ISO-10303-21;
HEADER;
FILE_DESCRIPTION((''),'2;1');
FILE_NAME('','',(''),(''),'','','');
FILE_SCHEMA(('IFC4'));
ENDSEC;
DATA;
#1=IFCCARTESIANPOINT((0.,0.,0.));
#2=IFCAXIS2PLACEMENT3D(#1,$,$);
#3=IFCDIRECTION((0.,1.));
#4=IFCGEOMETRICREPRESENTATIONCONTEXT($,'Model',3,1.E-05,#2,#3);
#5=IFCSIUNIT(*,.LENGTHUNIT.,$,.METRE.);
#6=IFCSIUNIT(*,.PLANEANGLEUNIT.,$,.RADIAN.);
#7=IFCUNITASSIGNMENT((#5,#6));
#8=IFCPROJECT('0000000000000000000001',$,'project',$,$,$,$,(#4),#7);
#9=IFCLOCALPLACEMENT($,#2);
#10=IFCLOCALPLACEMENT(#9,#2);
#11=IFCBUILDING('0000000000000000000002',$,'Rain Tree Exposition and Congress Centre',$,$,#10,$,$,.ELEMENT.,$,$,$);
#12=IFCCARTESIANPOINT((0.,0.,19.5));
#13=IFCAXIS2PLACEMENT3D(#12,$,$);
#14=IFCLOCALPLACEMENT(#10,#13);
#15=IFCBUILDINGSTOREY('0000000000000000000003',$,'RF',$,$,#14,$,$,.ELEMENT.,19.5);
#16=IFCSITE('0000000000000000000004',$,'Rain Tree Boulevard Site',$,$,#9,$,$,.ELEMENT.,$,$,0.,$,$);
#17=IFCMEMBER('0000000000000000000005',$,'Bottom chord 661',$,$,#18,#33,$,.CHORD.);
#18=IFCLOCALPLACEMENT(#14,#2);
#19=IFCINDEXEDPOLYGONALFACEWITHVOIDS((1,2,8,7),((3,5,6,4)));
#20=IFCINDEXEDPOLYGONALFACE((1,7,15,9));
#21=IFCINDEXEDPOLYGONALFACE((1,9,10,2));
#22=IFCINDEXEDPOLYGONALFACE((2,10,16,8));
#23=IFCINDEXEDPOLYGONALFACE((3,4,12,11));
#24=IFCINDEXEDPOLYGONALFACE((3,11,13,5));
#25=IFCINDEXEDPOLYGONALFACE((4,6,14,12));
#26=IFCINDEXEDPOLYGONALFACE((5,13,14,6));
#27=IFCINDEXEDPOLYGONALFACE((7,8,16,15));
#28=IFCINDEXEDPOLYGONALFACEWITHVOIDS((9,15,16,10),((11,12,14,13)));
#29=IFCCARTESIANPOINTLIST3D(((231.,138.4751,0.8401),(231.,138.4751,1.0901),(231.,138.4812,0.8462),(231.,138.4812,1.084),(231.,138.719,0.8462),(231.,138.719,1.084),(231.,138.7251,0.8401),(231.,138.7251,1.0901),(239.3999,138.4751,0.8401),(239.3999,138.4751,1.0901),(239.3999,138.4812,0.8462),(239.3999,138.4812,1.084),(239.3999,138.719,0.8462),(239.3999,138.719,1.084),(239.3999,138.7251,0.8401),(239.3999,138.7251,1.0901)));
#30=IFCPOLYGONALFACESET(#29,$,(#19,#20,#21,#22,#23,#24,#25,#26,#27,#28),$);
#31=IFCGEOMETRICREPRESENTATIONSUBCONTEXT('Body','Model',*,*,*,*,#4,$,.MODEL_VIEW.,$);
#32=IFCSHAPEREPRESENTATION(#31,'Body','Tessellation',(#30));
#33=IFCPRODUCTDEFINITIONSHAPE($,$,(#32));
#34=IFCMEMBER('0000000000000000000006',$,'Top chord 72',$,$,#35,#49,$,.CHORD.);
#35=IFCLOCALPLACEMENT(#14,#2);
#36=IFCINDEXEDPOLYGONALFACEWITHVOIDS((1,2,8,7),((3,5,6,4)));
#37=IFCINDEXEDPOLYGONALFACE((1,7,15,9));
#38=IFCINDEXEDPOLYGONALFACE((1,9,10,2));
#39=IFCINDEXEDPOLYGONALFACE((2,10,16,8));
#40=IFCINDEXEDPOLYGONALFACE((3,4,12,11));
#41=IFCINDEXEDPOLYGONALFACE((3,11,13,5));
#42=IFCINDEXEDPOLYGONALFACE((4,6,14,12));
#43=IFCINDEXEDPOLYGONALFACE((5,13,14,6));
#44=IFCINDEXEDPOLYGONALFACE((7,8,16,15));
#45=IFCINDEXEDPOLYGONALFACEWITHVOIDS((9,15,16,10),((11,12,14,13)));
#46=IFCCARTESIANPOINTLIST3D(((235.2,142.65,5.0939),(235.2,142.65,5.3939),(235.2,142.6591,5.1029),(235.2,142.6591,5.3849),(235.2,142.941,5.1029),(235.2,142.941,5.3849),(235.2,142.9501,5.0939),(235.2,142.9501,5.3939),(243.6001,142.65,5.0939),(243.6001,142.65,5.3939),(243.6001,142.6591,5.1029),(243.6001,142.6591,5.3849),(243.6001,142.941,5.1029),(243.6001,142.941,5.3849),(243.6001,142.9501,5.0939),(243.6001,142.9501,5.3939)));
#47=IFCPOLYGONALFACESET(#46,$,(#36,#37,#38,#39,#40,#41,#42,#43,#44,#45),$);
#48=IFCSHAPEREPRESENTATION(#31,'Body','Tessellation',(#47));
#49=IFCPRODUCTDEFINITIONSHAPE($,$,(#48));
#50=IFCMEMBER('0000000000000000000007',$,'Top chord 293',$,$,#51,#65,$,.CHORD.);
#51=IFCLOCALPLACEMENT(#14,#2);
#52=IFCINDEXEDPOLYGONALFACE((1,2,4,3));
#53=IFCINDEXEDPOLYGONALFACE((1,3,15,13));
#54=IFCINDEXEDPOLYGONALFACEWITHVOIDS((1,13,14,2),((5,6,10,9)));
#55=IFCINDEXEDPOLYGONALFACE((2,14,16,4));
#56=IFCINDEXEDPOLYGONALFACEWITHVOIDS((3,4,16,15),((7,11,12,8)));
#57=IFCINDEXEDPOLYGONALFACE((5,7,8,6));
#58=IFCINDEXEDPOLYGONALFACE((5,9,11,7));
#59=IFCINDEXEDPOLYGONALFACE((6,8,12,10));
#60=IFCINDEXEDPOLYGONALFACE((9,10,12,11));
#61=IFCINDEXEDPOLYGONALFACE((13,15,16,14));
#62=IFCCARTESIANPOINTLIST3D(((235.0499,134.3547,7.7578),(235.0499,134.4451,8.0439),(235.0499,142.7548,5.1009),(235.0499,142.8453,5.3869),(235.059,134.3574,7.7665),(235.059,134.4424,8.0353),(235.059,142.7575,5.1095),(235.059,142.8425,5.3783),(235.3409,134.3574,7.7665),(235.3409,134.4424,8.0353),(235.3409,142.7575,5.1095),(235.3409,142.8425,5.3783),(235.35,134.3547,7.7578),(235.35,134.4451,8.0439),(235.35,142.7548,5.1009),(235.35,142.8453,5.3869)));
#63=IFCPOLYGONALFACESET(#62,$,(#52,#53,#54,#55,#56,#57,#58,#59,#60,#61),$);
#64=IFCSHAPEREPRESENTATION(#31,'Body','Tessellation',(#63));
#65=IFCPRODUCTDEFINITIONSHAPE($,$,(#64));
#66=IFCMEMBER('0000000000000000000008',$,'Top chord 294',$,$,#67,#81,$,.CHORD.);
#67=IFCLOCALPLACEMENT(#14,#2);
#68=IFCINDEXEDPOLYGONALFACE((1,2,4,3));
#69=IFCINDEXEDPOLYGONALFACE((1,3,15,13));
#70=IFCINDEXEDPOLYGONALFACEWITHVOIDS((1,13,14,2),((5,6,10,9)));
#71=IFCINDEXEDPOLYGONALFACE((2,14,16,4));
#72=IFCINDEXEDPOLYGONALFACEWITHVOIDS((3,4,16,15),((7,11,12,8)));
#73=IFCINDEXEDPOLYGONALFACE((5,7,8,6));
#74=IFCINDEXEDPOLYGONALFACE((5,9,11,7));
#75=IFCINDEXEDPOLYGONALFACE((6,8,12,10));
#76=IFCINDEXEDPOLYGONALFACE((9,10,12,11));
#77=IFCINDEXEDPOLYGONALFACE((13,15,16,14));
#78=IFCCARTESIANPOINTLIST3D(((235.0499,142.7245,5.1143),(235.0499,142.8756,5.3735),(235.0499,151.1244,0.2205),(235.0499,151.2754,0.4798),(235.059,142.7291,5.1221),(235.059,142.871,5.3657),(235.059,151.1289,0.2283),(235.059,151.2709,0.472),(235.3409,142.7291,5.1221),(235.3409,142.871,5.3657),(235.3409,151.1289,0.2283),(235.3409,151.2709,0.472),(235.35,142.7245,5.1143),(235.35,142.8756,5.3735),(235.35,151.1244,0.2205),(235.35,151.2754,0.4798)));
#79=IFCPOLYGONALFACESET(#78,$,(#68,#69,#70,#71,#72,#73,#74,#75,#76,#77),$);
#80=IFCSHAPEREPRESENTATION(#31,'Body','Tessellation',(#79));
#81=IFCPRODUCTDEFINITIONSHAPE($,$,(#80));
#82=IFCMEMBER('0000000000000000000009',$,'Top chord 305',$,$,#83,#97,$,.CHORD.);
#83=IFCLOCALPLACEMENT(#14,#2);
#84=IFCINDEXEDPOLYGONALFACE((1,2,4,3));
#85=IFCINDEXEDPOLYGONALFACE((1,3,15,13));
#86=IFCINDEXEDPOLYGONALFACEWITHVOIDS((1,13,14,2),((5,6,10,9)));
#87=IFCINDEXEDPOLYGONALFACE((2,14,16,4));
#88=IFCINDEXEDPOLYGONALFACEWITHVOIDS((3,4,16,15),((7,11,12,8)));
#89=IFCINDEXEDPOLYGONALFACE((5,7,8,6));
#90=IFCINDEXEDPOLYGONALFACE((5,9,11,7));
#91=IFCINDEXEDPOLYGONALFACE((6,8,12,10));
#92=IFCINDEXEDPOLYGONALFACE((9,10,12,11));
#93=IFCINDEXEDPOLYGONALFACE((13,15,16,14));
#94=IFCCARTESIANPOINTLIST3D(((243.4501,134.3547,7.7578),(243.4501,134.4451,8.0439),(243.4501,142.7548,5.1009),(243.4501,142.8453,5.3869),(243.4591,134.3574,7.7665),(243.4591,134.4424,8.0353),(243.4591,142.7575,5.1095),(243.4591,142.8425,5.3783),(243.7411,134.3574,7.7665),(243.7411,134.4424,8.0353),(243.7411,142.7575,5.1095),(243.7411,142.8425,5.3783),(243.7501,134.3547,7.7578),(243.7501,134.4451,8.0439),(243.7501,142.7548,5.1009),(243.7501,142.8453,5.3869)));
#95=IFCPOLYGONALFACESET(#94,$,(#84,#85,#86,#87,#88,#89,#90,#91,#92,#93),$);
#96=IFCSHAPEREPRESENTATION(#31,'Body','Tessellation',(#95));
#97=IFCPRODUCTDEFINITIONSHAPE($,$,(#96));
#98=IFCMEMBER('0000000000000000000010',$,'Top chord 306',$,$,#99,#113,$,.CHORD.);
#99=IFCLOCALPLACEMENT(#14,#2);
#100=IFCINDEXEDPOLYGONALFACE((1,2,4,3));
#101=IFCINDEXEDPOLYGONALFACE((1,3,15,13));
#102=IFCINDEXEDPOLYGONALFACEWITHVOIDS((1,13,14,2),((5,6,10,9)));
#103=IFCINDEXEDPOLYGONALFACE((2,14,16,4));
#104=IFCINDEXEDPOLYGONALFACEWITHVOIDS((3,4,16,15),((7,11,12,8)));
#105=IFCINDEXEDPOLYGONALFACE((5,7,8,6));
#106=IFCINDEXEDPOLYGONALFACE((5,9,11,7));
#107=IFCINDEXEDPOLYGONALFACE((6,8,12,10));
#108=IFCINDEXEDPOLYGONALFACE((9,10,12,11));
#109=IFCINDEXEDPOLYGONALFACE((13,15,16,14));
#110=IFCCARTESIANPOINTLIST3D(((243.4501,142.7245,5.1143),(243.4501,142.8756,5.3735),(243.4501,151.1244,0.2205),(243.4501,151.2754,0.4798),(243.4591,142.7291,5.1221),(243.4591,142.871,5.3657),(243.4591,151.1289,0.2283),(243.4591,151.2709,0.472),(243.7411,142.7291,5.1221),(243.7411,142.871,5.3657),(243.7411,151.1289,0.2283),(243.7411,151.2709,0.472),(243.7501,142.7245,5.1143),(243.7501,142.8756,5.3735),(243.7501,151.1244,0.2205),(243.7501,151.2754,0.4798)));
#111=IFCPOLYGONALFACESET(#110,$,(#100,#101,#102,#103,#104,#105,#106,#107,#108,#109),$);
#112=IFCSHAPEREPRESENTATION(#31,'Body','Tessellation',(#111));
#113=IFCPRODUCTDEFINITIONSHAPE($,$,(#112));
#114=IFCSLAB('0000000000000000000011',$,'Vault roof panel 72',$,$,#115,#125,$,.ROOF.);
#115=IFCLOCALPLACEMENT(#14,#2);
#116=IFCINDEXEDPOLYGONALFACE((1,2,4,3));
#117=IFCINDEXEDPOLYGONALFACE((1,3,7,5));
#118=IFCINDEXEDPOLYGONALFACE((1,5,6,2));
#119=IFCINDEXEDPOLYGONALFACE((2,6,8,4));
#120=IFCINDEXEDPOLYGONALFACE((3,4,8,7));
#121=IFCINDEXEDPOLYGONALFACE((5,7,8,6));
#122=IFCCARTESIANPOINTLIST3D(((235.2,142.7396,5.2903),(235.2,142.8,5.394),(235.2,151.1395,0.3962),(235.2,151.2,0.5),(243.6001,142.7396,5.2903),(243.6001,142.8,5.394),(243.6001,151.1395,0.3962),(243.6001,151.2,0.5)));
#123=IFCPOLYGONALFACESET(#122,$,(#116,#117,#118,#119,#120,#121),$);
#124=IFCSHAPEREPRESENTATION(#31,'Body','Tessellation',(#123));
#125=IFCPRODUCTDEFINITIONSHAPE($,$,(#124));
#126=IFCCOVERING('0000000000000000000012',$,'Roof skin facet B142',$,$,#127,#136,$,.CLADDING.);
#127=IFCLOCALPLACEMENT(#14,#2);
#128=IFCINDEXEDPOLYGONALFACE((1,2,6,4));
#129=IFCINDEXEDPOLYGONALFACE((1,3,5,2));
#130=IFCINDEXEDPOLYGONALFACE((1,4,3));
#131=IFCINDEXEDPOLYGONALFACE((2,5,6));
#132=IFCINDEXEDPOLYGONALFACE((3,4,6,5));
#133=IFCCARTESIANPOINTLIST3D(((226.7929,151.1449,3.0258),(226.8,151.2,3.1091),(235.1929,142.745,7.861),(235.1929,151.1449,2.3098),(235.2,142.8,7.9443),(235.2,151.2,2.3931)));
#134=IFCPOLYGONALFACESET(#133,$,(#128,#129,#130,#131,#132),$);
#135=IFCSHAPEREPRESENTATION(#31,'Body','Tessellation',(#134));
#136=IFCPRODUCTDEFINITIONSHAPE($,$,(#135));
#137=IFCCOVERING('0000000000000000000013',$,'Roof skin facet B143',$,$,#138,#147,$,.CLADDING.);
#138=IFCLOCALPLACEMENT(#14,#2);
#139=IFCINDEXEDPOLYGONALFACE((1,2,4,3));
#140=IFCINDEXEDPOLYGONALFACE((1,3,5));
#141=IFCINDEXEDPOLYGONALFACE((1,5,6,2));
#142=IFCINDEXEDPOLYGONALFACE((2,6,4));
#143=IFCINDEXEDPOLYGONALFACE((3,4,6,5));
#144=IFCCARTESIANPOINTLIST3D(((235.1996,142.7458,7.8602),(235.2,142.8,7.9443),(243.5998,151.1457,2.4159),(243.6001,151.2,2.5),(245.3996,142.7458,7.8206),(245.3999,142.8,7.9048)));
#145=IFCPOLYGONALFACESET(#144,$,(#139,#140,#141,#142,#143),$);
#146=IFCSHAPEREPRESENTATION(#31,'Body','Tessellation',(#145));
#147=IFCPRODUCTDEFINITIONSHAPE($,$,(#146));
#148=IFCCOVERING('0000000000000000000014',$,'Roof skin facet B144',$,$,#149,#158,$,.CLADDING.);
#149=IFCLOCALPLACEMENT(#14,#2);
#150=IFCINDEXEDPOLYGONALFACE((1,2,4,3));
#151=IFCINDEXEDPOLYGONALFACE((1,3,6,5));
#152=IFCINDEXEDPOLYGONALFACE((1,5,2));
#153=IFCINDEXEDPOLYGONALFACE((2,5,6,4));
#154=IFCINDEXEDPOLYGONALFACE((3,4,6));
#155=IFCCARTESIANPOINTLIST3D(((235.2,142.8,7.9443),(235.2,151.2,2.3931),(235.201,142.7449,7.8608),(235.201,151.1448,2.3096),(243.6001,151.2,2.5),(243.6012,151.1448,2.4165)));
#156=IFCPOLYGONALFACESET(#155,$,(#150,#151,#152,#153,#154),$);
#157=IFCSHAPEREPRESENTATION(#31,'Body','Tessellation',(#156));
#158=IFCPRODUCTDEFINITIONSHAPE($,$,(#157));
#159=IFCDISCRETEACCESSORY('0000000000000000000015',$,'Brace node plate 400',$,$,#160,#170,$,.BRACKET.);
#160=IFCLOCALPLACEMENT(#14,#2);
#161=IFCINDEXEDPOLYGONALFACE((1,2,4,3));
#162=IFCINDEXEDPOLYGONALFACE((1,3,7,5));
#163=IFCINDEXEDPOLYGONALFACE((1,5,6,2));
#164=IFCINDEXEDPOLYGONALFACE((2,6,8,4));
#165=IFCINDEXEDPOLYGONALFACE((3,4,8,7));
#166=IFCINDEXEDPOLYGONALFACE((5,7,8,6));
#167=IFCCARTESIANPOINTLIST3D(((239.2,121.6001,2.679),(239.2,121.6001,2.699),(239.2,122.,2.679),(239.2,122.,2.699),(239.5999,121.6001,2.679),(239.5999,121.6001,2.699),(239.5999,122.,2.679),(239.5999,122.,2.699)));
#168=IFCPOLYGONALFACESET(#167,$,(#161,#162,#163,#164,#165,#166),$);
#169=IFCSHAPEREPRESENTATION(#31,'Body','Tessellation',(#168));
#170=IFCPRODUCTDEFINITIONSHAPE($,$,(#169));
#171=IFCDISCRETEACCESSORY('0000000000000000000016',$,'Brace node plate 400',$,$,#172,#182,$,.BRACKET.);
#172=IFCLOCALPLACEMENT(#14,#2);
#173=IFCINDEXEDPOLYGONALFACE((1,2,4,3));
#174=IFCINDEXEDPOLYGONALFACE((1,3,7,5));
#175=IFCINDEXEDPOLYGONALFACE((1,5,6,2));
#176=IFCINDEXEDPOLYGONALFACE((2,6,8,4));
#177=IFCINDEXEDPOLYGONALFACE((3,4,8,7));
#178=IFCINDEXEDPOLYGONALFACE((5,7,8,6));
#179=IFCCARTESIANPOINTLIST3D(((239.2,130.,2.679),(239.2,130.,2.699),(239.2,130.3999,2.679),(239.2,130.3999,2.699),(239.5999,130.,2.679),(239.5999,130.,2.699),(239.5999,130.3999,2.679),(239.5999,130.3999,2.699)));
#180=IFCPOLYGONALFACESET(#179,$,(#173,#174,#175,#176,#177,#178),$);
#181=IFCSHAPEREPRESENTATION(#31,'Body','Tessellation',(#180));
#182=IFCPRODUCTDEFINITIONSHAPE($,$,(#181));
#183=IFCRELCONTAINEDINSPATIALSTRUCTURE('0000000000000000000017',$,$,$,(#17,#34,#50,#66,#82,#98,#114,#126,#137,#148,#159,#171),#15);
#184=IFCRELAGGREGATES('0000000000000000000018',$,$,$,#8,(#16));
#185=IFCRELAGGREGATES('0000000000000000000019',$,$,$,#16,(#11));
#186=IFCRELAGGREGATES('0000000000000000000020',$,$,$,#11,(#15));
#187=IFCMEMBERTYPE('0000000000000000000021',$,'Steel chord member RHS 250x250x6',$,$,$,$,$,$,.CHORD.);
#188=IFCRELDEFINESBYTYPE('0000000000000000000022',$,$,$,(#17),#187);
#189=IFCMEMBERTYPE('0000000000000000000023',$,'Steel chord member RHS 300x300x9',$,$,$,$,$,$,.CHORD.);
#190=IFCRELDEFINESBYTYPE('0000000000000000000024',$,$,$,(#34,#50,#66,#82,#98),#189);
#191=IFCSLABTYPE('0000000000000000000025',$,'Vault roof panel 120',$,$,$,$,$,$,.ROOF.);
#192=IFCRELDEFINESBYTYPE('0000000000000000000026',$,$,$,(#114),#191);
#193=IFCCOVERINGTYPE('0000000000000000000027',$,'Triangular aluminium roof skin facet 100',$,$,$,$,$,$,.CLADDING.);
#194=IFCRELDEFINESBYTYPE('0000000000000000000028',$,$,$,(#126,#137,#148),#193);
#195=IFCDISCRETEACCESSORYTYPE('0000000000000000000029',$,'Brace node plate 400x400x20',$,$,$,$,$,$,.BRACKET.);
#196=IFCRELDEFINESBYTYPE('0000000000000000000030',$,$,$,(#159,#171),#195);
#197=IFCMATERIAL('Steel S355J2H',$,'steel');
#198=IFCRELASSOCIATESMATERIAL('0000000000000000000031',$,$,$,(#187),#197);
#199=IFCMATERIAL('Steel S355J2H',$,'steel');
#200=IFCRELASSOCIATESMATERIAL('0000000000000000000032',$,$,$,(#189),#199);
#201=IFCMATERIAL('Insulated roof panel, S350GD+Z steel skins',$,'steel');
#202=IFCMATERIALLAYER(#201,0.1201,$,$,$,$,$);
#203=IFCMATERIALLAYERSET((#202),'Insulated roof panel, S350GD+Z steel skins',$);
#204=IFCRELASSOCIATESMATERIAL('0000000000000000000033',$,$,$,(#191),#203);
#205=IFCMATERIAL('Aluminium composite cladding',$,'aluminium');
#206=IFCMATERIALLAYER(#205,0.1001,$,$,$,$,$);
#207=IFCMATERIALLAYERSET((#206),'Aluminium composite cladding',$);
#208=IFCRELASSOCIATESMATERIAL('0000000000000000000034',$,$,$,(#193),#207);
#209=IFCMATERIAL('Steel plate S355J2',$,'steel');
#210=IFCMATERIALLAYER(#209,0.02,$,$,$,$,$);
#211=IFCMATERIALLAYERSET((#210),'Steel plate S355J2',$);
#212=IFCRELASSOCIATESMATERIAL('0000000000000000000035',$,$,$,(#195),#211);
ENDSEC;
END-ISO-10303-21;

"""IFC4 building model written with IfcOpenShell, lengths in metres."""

from ifc_helpers import new_model, si_unit, direction, frame, origin, origin_2d, place, context, subcontext, project, spatial, polyline, rectangle, hollow_rectangle, outline, extrude, material, layer, layer_set, material_profile, profile_set, type_object, element, save


model = new_model("IFC4")

# Units and contexts
model_context = context("Model", 3, precision=1e-05, world=origin(), true_north=direction((0.0, 1.0)))
body_context = subcontext(model_context, "Body", "Model", "MODEL_VIEW")
ifc_project = project(units=[si_unit("LENGTHUNIT", "METRE"), si_unit("PLANEANGLEUNIT", "RADIAN")], contexts=[model_context])

# Site, building, storey
site_placement = place(None, origin())
site = spatial("IfcSite", under=ifc_project, at=site_placement, Name="Rain Tree Boulevard Site", CompositionType="ELEMENT", RefElevation=0.0)
building_placement = place(site_placement, origin())
building = spatial("IfcBuilding", under=site, at=building_placement, Name="Rain Tree Exposition and Congress Centre", CompositionType="ELEMENT")
storey_placement = place(building_placement, frame((0.0, 0.0, 19.5)))
storey = spatial("IfcBuildingStorey", under=building, at=storey_placement, Name="RF", CompositionType="ELEMENT", Elevation=19.5)

# Members
ifc_material_1 = material(Name="Steel S355J2H", Category="steel")
ifc_material_profile_1 = material_profile(ifc_material_1, hollow_rectangle(XDim=0.25, YDim=0.25, WallThickness=0.0061, at=origin_2d()), Name="RHS 250x250x6")
ifc_profile_set_1 = profile_set([ifc_material_profile_1], Name="Steel S355J2H")
member_type_1 = type_object("IfcMemberType", Name="Steel chord member RHS 250x250x6", PredefinedType="CHORD", material=ifc_profile_set_1)
member_1_placement = place(storey_placement, frame((231.0, 138.6001, 0.9651), z_axis=(1.0, 0.0, 0.0), x_axis=(0.0, 1.0, 0.0)))
element("IfcMember", 1, at=member_1_placement, inside=storey, type_object=member_type_1, Name="Bottom chord 661", PredefinedType="CHORD", context=body_context, shape_type="SweptSolid", body=[
    extrude(hollow_rectangle(XDim=0.25, YDim=0.25, WallThickness=0.0061, at=origin_2d()), origin(), (0.0, 0.0, 1.0), 8.3999),
])
ifc_material_2 = material(Name="Steel S355J2H", Category="steel")
ifc_material_profile_2 = material_profile(ifc_material_2, hollow_rectangle(XDim=0.3, YDim=0.3, WallThickness=0.009, at=origin_2d()), Name="RHS 300x300x9")
ifc_profile_set_2 = profile_set([ifc_material_profile_2], Name="Steel S355J2H")
member_type_2 = type_object("IfcMemberType", Name="Steel chord member RHS 300x300x9", PredefinedType="CHORD", material=ifc_profile_set_2)
member_2_placement = place(storey_placement, frame((235.2, 142.8, 5.2439), z_axis=(1.0, 0.0, 0.0), x_axis=(0.0, 1.0, 0.0)))
element("IfcMember", 2, at=member_2_placement, inside=storey, type_object=member_type_2, Name="Top chord 72", PredefinedType="CHORD", context=body_context, shape_type="SweptSolid", body=[
    extrude(hollow_rectangle(XDim=0.3, YDim=0.3, WallThickness=0.009, at=origin_2d()), origin(), (0.0, 0.0, 1.0), 8.4001),
])
member_3_placement = place(storey_placement, frame((235.2, 134.3999, 7.9009), z_axis=(0.0, 0.953442, -0.301576), x_axis=(-1.0, 0.0, 0.0)))
element("IfcMember", 3, at=member_3_placement, inside=storey, type_object=member_type_2, Name="Top chord 293", PredefinedType="CHORD", context=body_context, shape_type="SweptSolid", body=[
    extrude(hollow_rectangle(XDim=0.3, YDim=0.3, WallThickness=0.009, at=origin_2d()), origin(), (0.0, 0.0, 1.0), 8.8103),
])
member_4_placement = place(storey_placement, frame((235.2, 142.8, 5.2439), z_axis=(0.0, 0.864054, -0.503399), x_axis=(-1.0, 0.0, 0.0)))
element("IfcMember", 4, at=member_4_placement, inside=storey, type_object=member_type_2, Name="Top chord 294", PredefinedType="CHORD", context=body_context, shape_type="SweptSolid", body=[
    extrude(hollow_rectangle(XDim=0.3, YDim=0.3, WallThickness=0.009, at=origin_2d()), origin(), (0.0, 0.0, 1.0), 9.7214),
])
member_5_placement = place(storey_placement, frame((243.6001, 134.3999, 7.9009), z_axis=(0.0, 0.953442, -0.301576), x_axis=(-1.0, 0.0, 0.0)))
element("IfcMember", 5, at=member_5_placement, inside=storey, type_object=member_type_2, Name="Top chord 305", PredefinedType="CHORD", context=body_context, shape_type="SweptSolid", body=[
    extrude(hollow_rectangle(XDim=0.3, YDim=0.3, WallThickness=0.009, at=origin_2d()), origin(), (0.0, 0.0, 1.0), 8.8103),
])
member_6_placement = place(storey_placement, frame((243.6001, 142.8, 5.2439), z_axis=(0.0, 0.864054, -0.503399), x_axis=(-1.0, 0.0, 0.0)))
element("IfcMember", 6, at=member_6_placement, inside=storey, type_object=member_type_2, Name="Top chord 306", PredefinedType="CHORD", context=body_context, shape_type="SweptSolid", body=[
    extrude(hollow_rectangle(XDim=0.3, YDim=0.3, WallThickness=0.009, at=origin_2d()), origin(), (0.0, 0.0, 1.0), 9.7214),
])

# Slab
ifc_material_3 = material(Name="Insulated roof panel, S350GD+Z steel skins", Category="steel")
ifc_layer_1 = layer(ifc_material_3, 0.1201)
ifc_layer_set_1 = layer_set([ifc_layer_1], Name="Insulated roof panel, S350GD+Z steel skins")
slab_type = type_object("IfcSlabType", Name="Vault roof panel 120", PredefinedType="ROOF", material=ifc_layer_set_1)
slab_placement = place(storey_placement, frame((235.2, 142.8, 5.394), z_axis=(0.0, 0.503418, 0.864043), x_axis=(1.0, 0.0, 0.0)))
element("IfcSlab", 7, at=slab_placement, inside=storey, type_object=slab_type, Name="Vault roof panel 72", PredefinedType="ROOF", context=body_context, shape_type="SweptSolid", body=[
    extrude(outline(polyline([(0.0, 0.0), (8.4001, 0.0), (8.4001, 9.7216), (0.0, 9.7216), (0.0, 0.0)])), origin(), (0.0, 0.0, -1.0), 0.1201),
])

# Coverings
ifc_material_4 = material(Name="Aluminium composite cladding", Category="aluminium")
ifc_layer_2 = layer(ifc_material_4, 0.1001)
ifc_layer_set_2 = layer_set([ifc_layer_2], Name="Aluminium composite cladding")
covering_type = type_object("IfcCoveringType", Name="Triangular aluminium roof skin facet 100", PredefinedType="CLADDING", material=ifc_layer_set_2)
covering_1_placement = place(storey_placement, frame((235.2, 142.8, 7.9443), z_axis=(0.07094, 0.54996, 0.832172), x_axis=(0.0, 0.834274, -0.551349)))
element("IfcCovering", 8, at=covering_1_placement, inside=storey, type_object=covering_type, Name="Roof skin facet B142", PredefinedType="CLADDING", context=body_context, shape_type="SweptSolid", body=[
    extrude(outline(polyline([(0.0, 0.0), (10.0685, 0.0), (9.6737, 8.4211), (0.0, 0.0)])), origin(), (0.0, 0.0, -1.0), 0.1001),
])
covering_2_placement = place(storey_placement, frame((235.2, 142.8, 7.9443), z_axis=(0.00326, 0.541592, 0.840635), x_axis=(0.999992, 0.0, -0.003878)))
element("IfcCovering", 9, at=covering_2_placement, inside=storey, type_object=covering_type, Name="Roof skin facet B143", PredefinedType="CLADDING", context=body_context, shape_type="SweptSolid", body=[
    extrude(outline(polyline([(0.0, 0.0), (10.2, 0.0), (8.4212, 9.9923), (0.0, 0.0)])), origin(), (0.0, 0.0, -1.0), 0.1001),
])
covering_3_placement = place(storey_placement, frame((235.2, 142.8, 7.9443), z_axis=(-0.01062, 0.551318, 0.834227), x_axis=(0.642823, 0.642805, -0.416629)))
element("IfcCovering", 10, at=covering_3_placement, inside=storey, type_object=covering_type, Name="Roof skin facet B144", PredefinedType="CLADDING", context=body_context, shape_type="SweptSolid", body=[
    extrude(outline(polyline([(0.0, 0.0), (13.0676, 0.0), (7.7123, 6.4726), (0.0, 0.0)])), origin(), (0.0, 0.0, -1.0), 0.1001),
])

# Discrete accessories
ifc_material_5 = material(Name="Steel plate S355J2", Category="steel")
ifc_layer_3 = layer(ifc_material_5, 0.02)
ifc_layer_set_3 = layer_set([ifc_layer_3], Name="Steel plate S355J2")
discrete_accessory_type_1 = type_object("IfcDiscreteAccessoryType", Name="Brace node plate 400x400x20", PredefinedType="BRACKET", material=ifc_layer_set_3)
for number, where, z_axis, x_axis, name in (
    (11, (239.3999, 121.8, 2.679), (0.0, 0.0, 1.0), (1.0, 0.0, 0.0), "Brace node plate 400"),
    (12, (239.3999, 130.2, 2.679), (0.0, 0.0, 1.0), (1.0, 0.0, 0.0), "Brace node plate 400"),
):
    element("IfcDiscreteAccessory", number, at=place(storey_placement, frame(where, z_axis=z_axis, x_axis=x_axis)), inside=storey, type_object=discrete_accessory_type_1, Name=name, PredefinedType="BRACKET", context=body_context, shape_type="SweptSolid", body=[
        extrude(rectangle(XDim=0.3999, YDim=0.3999, at=origin_2d()), origin(), (0.0, 0.0, 1.0), 0.02),
    ])

save(model, "model.ifc")
